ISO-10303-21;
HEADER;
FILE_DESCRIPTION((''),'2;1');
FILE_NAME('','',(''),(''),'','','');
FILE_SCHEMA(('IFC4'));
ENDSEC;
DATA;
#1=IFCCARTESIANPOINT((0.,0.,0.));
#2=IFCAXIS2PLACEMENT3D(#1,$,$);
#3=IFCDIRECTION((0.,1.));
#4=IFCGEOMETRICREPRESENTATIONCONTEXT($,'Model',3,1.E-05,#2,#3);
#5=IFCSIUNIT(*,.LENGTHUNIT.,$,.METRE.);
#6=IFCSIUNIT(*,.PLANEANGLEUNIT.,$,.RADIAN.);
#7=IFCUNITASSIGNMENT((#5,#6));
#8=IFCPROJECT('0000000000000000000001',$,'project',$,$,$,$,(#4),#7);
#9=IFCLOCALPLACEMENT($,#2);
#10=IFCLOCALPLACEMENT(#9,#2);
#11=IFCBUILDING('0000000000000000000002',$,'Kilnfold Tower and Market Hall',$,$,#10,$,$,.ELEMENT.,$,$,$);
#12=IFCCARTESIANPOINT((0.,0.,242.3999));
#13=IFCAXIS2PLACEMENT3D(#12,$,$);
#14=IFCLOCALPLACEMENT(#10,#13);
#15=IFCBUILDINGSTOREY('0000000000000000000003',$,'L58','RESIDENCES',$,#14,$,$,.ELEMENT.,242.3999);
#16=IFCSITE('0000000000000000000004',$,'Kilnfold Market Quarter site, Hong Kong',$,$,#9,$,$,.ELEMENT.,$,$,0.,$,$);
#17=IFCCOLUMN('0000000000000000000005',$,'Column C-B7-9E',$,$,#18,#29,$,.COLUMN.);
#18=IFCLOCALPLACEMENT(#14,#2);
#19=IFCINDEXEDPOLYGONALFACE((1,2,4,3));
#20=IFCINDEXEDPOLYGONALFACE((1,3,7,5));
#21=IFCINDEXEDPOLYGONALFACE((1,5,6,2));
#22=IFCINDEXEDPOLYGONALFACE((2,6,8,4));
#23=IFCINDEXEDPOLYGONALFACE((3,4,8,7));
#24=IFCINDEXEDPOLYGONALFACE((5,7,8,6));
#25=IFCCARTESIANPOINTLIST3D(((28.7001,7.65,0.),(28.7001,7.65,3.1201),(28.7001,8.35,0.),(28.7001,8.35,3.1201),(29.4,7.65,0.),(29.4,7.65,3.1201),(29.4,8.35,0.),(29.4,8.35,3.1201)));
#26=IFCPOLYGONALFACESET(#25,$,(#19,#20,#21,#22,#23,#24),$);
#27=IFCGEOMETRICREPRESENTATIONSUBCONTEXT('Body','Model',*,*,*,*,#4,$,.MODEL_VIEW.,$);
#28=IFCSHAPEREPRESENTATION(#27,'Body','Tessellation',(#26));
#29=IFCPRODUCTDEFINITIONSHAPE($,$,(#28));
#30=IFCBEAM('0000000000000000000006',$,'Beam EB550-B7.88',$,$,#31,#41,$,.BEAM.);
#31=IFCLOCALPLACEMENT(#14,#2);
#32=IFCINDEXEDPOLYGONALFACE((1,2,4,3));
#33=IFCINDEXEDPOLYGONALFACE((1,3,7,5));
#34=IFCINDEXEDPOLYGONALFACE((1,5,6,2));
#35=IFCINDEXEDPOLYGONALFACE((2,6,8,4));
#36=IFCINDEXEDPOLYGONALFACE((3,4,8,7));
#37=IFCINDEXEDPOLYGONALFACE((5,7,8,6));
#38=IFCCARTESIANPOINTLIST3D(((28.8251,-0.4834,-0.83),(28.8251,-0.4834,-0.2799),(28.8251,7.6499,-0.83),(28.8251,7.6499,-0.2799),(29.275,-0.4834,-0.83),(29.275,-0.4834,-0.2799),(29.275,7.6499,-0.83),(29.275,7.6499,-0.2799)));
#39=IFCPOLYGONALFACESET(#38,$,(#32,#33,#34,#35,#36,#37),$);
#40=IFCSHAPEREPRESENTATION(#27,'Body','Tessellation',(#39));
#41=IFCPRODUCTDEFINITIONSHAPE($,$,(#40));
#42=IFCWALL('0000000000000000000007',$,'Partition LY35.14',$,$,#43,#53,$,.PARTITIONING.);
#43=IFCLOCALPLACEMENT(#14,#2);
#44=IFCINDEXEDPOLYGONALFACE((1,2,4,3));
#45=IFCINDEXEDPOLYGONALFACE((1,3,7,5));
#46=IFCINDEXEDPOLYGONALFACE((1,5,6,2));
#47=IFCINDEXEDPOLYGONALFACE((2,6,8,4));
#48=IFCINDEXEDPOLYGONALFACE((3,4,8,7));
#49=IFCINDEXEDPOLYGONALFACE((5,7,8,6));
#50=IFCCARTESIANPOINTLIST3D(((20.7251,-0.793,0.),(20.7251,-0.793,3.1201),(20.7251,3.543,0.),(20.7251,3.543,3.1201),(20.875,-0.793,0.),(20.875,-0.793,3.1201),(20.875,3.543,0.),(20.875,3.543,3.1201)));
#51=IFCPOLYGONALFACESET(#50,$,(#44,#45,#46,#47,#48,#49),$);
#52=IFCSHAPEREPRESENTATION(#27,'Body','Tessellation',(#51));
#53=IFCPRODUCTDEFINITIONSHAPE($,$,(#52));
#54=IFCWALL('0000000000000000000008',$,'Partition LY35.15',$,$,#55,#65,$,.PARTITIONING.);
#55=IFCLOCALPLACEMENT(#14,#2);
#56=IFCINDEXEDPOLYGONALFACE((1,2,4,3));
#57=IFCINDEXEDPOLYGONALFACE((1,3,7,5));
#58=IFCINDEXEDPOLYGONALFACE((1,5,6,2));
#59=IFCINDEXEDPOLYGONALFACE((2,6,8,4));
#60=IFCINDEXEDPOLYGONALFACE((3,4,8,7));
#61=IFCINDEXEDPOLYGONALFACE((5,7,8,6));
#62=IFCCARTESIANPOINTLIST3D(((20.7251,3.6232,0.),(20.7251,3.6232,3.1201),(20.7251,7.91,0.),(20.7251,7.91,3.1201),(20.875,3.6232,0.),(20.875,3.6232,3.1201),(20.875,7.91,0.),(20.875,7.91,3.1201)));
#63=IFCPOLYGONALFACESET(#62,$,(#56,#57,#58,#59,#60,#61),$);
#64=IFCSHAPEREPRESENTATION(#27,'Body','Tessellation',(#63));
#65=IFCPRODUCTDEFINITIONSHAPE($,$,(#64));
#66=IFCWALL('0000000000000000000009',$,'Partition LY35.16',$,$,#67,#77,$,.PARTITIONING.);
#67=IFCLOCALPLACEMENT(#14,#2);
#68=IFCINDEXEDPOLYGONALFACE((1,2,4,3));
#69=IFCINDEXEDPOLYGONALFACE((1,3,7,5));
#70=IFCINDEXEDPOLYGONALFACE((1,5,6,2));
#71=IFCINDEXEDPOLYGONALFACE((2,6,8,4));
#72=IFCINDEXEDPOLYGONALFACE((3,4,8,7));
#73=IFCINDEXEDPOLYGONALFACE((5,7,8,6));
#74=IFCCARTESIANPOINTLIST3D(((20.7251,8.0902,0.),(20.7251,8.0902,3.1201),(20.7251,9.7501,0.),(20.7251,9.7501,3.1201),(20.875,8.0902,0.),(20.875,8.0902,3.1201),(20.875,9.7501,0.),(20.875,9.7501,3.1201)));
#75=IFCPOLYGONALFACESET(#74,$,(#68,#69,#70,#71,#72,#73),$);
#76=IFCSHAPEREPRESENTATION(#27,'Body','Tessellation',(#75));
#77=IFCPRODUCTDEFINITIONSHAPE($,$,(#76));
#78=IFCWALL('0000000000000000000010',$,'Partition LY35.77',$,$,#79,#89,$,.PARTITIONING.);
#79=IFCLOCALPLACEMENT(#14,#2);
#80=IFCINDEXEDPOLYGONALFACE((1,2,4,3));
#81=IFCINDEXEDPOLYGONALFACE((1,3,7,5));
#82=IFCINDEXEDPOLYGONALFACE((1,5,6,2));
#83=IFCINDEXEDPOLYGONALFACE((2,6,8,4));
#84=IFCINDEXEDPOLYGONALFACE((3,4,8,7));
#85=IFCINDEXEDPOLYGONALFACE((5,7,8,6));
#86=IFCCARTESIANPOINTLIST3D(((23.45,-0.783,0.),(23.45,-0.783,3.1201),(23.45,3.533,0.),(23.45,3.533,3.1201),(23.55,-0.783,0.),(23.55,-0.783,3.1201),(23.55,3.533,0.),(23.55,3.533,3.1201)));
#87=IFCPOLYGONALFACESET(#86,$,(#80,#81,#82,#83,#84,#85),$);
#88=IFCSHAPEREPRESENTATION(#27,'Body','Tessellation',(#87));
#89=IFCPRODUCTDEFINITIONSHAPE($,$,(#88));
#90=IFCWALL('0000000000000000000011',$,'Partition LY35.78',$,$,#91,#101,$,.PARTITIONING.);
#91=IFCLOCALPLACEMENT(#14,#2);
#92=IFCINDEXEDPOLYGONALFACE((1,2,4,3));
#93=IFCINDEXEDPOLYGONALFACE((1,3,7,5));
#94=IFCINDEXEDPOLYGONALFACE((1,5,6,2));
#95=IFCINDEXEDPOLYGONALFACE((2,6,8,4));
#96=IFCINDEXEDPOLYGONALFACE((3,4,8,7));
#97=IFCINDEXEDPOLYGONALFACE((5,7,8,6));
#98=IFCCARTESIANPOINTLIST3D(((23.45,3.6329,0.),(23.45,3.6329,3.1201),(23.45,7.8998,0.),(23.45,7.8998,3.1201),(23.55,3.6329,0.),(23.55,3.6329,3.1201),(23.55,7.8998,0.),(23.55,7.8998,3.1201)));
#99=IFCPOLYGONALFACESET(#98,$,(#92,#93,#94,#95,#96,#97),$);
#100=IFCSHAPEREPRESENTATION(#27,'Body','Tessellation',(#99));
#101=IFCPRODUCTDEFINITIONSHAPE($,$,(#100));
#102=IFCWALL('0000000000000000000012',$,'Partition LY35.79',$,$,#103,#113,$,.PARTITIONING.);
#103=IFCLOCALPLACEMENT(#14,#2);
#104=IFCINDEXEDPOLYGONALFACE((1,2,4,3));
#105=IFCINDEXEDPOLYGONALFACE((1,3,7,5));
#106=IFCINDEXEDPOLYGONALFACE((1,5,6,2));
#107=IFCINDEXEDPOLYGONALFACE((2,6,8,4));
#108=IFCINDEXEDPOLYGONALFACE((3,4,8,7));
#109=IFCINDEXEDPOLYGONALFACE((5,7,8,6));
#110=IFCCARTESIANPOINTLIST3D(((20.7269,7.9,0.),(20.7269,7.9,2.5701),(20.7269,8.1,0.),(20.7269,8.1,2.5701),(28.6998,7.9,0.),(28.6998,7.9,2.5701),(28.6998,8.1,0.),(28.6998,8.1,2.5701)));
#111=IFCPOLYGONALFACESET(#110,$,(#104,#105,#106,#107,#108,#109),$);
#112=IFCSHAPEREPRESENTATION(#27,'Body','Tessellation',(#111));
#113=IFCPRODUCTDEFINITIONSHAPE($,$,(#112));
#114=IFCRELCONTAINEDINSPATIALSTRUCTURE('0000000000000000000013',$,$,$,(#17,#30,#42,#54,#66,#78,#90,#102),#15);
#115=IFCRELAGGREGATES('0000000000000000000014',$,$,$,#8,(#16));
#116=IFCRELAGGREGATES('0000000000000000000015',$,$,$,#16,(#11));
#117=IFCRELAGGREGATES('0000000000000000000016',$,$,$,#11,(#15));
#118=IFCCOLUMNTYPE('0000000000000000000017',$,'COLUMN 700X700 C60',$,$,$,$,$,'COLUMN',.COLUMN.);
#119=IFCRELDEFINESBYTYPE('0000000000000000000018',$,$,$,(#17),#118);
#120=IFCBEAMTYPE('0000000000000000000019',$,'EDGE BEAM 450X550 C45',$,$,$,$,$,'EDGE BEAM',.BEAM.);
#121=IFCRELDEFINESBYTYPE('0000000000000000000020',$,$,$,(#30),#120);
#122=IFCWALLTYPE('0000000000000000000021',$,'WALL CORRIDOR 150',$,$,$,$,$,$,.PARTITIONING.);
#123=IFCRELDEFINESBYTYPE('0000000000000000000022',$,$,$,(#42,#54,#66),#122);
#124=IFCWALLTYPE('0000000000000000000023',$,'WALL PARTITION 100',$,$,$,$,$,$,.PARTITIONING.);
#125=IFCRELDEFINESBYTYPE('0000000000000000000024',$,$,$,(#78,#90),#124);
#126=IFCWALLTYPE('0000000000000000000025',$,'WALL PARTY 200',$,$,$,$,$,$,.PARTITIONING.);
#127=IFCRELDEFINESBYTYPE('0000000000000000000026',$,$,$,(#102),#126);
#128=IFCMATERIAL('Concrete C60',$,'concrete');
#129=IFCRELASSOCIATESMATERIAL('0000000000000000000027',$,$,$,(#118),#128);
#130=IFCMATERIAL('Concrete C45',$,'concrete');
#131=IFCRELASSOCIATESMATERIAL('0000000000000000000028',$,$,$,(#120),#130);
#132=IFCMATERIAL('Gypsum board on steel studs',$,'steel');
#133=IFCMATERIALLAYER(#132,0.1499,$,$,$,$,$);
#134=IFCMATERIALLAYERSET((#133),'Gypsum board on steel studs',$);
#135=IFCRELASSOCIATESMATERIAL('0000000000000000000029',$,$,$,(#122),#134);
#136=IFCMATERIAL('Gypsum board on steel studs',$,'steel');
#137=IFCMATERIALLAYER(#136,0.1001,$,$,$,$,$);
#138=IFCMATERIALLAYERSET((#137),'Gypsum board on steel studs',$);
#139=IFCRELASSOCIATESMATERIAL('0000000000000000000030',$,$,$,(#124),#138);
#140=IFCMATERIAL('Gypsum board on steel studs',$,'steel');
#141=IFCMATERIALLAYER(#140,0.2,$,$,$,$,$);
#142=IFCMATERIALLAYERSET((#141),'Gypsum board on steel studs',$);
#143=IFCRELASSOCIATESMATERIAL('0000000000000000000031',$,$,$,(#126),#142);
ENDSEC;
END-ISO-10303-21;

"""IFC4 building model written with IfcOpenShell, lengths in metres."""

from ifc_helpers import new_model, si_unit, direction, frame, frame_2d, origin, origin_2d, place, context, subcontext, project, spatial, rectangle, extrude, source, transform, mapped, material, layer, layer_set, material_profile, profile_set, type_object, element, save


model = new_model("IFC4")

# Units and contexts
model_context = context("Model", 3, precision=1e-05, world=origin(), true_north=direction((0.0, 1.0)))
body_context = subcontext(model_context, "Body", "Model", "MODEL_VIEW")
ifc_project = project(units=[si_unit("LENGTHUNIT", "METRE"), si_unit("PLANEANGLEUNIT", "RADIAN")], contexts=[model_context])

# Site, building, storey
site_placement = place(None, origin())
site = spatial("IfcSite", under=ifc_project, at=site_placement, Name="Kilnfold Market Quarter site, Hong Kong", CompositionType="ELEMENT", RefElevation=0.0)
building_placement = place(site_placement, origin())
building = spatial("IfcBuilding", under=site, at=building_placement, Name="Kilnfold Tower and Market Hall", CompositionType="ELEMENT")
storey_placement = place(building_placement, frame((0.0, 0.0, 242.3999)))
storey = spatial("IfcBuildingStorey", under=building, at=storey_placement, Name="L58", Description="RESIDENCES", CompositionType="ELEMENT", Elevation=242.3999)

# Column
ifc_material_1 = material(Name="Concrete C60", Category="concrete")
ifc_material_profile_1 = material_profile(ifc_material_1, rectangle(XDim=0.7, YDim=0.7, at=origin_2d()), Name="RC 700x700")
ifc_profile_set_1 = profile_set([ifc_material_profile_1], Name="Concrete C60")
column_type = type_object("IfcColumnType", Name="COLUMN 700X700 C60", ElementType="COLUMN", PredefinedType="COLUMN", material=ifc_profile_set_1)
shared_shape_1 = source(origin(), body_context, "Body", "SweptSolid", [
    extrude(rectangle(XDim=0.7, YDim=0.7, at=origin_2d()), origin(), (0.0, 0.0, 1.0), 3.1201),
])
column_placement = place(storey_placement, frame((29.05, 8.0, 0.0), z_axis=(0.0, 0.0, 1.0), x_axis=(1.0, 0.0, 0.0)))
element("IfcColumn", 1, at=column_placement, inside=storey, type_object=column_type, Name="Column C-B7-9E", PredefinedType="COLUMN", context=body_context, shape_type="MappedRepresentation", body=[
    mapped(shared_shape_1, transform((0.0, 0.0, 0.0))),
])

# Beam
ifc_material_2 = material(Name="Concrete C45", Category="concrete")
ifc_material_profile_2 = material_profile(ifc_material_2, rectangle(XDim=0.45, YDim=0.55, at=origin_2d()), Name="RC 450x550")
ifc_profile_set_2 = profile_set([ifc_material_profile_2], Name="Concrete C45")
beam_type = type_object("IfcBeamType", Name="EDGE BEAM 450X550 C45", ElementType="EDGE BEAM", PredefinedType="BEAM", material=ifc_profile_set_2)
shared_shape_2 = source(origin(), body_context, "Body", "SweptSolid", [
    extrude(rectangle(XDim=0.45, YDim=0.55, at=origin_2d()), origin(), (0.0, 0.0, 1.0), 8.1333),
])
beam_placement = place(storey_placement, frame((29.05, -0.4834, -0.5549), z_axis=(0.0, 1.0, 0.0), x_axis=(-1.0, 0.0, 0.0)))
element("IfcBeam", 2, at=beam_placement, inside=storey, type_object=beam_type, Name="Beam EB550-B7.88", PredefinedType="BEAM", context=body_context, shape_type="MappedRepresentation", body=[
    mapped(shared_shape_2, transform((0.0, 0.0, 0.0))),
])

# Walls
ifc_material_3 = material(Name="Gypsum board on steel studs", Category="steel")
ifc_layer_1 = layer(ifc_material_3, 0.1499)
ifc_layer_set_1 = layer_set([ifc_layer_1], Name="Gypsum board on steel studs")
wall_type_1 = type_object("IfcWallType", Name="WALL CORRIDOR 150", PredefinedType="PARTITIONING", material=ifc_layer_set_1)
wall_1_placement = place(storey_placement, frame((20.8, -0.793, 0.0), z_axis=(0.0, 0.0, 1.0), x_axis=(0.0, 1.0, 0.0)))
element("IfcWall", 3, at=wall_1_placement, inside=storey, type_object=wall_type_1, Name="Partition LY35.14", PredefinedType="PARTITIONING", context=body_context, shape_type="SweptSolid", body=[
    extrude(rectangle(XDim=4.3359, YDim=0.1499, at=frame_2d((2.168, 0.0))), origin(), (0.0, 0.0, 1.0), 3.1201),
])
wall_2_placement = place(storey_placement, frame((20.8, 3.623, 0.0), z_axis=(0.0, 0.0, 1.0), x_axis=(0.0, 1.0, 0.0)))
element("IfcWall", 4, at=wall_2_placement, inside=storey, type_object=wall_type_1, Name="Partition LY35.15", PredefinedType="PARTITIONING", context=body_context, shape_type="SweptSolid", body=[
    extrude(rectangle(XDim=4.2869, YDim=0.1499, at=frame_2d((2.1436, 0.0))), origin(), (0.0, 0.0, 1.0), 3.1201),
])
wall_3_placement = place(storey_placement, frame((20.8, 8.0901, 0.0), z_axis=(0.0, 0.0, 1.0), x_axis=(0.0, 1.0, 0.0)))
element("IfcWall", 5, at=wall_3_placement, inside=storey, type_object=wall_type_1, Name="Partition LY35.16", PredefinedType="PARTITIONING", context=body_context, shape_type="SweptSolid", body=[
    extrude(rectangle(XDim=1.6599, YDim=0.1499, at=frame_2d((0.8301, 0.0))), origin(), (0.0, 0.0, 1.0), 3.1201),
])
ifc_material_4 = material(Name="Gypsum board on steel studs", Category="steel")
ifc_layer_2 = layer(ifc_material_4, 0.1001)
ifc_layer_set_2 = layer_set([ifc_layer_2], Name="Gypsum board on steel studs")
wall_type_2 = type_object("IfcWallType", Name="WALL PARTITION 100", PredefinedType="PARTITIONING", material=ifc_layer_set_2)
wall_4_placement = place(storey_placement, frame((23.5, -0.783, 0.0), z_axis=(0.0, 0.0, 1.0), x_axis=(0.0, 1.0, 0.0)))
element("IfcWall", 6, at=wall_4_placement, inside=storey, type_object=wall_type_2, Name="Partition LY35.77", PredefinedType="PARTITIONING", context=body_context, shape_type="SweptSolid", body=[
    extrude(rectangle(XDim=4.3159, YDim=0.1001, at=frame_2d((2.158, 0.0))), origin(), (0.0, 0.0, 1.0), 3.1201),
])
wall_5_placement = place(storey_placement, frame((23.5, 3.6331, 0.0), z_axis=(0.0, 0.0, 1.0), x_axis=(0.0, 1.0, 0.0)))
element("IfcWall", 7, at=wall_5_placement, inside=storey, type_object=wall_type_2, Name="Partition LY35.78", PredefinedType="PARTITIONING", context=body_context, shape_type="SweptSolid", body=[
    extrude(rectangle(XDim=4.2668, YDim=0.1001, at=frame_2d((2.1333, 0.0))), origin(), (0.0, 0.0, 1.0), 3.1201),
])
ifc_material_5 = material(Name="Gypsum board on steel studs", Category="steel")
ifc_layer_3 = layer(ifc_material_5, 0.2)
ifc_layer_set_3 = layer_set([ifc_layer_3], Name="Gypsum board on steel studs")
wall_type_3 = type_object("IfcWallType", Name="WALL PARTY 200", PredefinedType="PARTITIONING", material=ifc_layer_set_3)
wall_6_placement = place(storey_placement, frame((20.7271, 8.0, 0.0), z_axis=(0.0, 0.0, 1.0), x_axis=(1.0, 0.0, 0.0)))
element("IfcWall", 8, at=wall_6_placement, inside=storey, type_object=wall_type_3, Name="Partition LY35.79", PredefinedType="PARTITIONING", context=body_context, shape_type="SweptSolid", body=[
    extrude(rectangle(XDim=7.9729, YDim=0.2, at=frame_2d((3.9863, 0.0))), origin(), (0.0, 0.0, 1.0), 2.5701),
])

save(model, "model.ifc")
